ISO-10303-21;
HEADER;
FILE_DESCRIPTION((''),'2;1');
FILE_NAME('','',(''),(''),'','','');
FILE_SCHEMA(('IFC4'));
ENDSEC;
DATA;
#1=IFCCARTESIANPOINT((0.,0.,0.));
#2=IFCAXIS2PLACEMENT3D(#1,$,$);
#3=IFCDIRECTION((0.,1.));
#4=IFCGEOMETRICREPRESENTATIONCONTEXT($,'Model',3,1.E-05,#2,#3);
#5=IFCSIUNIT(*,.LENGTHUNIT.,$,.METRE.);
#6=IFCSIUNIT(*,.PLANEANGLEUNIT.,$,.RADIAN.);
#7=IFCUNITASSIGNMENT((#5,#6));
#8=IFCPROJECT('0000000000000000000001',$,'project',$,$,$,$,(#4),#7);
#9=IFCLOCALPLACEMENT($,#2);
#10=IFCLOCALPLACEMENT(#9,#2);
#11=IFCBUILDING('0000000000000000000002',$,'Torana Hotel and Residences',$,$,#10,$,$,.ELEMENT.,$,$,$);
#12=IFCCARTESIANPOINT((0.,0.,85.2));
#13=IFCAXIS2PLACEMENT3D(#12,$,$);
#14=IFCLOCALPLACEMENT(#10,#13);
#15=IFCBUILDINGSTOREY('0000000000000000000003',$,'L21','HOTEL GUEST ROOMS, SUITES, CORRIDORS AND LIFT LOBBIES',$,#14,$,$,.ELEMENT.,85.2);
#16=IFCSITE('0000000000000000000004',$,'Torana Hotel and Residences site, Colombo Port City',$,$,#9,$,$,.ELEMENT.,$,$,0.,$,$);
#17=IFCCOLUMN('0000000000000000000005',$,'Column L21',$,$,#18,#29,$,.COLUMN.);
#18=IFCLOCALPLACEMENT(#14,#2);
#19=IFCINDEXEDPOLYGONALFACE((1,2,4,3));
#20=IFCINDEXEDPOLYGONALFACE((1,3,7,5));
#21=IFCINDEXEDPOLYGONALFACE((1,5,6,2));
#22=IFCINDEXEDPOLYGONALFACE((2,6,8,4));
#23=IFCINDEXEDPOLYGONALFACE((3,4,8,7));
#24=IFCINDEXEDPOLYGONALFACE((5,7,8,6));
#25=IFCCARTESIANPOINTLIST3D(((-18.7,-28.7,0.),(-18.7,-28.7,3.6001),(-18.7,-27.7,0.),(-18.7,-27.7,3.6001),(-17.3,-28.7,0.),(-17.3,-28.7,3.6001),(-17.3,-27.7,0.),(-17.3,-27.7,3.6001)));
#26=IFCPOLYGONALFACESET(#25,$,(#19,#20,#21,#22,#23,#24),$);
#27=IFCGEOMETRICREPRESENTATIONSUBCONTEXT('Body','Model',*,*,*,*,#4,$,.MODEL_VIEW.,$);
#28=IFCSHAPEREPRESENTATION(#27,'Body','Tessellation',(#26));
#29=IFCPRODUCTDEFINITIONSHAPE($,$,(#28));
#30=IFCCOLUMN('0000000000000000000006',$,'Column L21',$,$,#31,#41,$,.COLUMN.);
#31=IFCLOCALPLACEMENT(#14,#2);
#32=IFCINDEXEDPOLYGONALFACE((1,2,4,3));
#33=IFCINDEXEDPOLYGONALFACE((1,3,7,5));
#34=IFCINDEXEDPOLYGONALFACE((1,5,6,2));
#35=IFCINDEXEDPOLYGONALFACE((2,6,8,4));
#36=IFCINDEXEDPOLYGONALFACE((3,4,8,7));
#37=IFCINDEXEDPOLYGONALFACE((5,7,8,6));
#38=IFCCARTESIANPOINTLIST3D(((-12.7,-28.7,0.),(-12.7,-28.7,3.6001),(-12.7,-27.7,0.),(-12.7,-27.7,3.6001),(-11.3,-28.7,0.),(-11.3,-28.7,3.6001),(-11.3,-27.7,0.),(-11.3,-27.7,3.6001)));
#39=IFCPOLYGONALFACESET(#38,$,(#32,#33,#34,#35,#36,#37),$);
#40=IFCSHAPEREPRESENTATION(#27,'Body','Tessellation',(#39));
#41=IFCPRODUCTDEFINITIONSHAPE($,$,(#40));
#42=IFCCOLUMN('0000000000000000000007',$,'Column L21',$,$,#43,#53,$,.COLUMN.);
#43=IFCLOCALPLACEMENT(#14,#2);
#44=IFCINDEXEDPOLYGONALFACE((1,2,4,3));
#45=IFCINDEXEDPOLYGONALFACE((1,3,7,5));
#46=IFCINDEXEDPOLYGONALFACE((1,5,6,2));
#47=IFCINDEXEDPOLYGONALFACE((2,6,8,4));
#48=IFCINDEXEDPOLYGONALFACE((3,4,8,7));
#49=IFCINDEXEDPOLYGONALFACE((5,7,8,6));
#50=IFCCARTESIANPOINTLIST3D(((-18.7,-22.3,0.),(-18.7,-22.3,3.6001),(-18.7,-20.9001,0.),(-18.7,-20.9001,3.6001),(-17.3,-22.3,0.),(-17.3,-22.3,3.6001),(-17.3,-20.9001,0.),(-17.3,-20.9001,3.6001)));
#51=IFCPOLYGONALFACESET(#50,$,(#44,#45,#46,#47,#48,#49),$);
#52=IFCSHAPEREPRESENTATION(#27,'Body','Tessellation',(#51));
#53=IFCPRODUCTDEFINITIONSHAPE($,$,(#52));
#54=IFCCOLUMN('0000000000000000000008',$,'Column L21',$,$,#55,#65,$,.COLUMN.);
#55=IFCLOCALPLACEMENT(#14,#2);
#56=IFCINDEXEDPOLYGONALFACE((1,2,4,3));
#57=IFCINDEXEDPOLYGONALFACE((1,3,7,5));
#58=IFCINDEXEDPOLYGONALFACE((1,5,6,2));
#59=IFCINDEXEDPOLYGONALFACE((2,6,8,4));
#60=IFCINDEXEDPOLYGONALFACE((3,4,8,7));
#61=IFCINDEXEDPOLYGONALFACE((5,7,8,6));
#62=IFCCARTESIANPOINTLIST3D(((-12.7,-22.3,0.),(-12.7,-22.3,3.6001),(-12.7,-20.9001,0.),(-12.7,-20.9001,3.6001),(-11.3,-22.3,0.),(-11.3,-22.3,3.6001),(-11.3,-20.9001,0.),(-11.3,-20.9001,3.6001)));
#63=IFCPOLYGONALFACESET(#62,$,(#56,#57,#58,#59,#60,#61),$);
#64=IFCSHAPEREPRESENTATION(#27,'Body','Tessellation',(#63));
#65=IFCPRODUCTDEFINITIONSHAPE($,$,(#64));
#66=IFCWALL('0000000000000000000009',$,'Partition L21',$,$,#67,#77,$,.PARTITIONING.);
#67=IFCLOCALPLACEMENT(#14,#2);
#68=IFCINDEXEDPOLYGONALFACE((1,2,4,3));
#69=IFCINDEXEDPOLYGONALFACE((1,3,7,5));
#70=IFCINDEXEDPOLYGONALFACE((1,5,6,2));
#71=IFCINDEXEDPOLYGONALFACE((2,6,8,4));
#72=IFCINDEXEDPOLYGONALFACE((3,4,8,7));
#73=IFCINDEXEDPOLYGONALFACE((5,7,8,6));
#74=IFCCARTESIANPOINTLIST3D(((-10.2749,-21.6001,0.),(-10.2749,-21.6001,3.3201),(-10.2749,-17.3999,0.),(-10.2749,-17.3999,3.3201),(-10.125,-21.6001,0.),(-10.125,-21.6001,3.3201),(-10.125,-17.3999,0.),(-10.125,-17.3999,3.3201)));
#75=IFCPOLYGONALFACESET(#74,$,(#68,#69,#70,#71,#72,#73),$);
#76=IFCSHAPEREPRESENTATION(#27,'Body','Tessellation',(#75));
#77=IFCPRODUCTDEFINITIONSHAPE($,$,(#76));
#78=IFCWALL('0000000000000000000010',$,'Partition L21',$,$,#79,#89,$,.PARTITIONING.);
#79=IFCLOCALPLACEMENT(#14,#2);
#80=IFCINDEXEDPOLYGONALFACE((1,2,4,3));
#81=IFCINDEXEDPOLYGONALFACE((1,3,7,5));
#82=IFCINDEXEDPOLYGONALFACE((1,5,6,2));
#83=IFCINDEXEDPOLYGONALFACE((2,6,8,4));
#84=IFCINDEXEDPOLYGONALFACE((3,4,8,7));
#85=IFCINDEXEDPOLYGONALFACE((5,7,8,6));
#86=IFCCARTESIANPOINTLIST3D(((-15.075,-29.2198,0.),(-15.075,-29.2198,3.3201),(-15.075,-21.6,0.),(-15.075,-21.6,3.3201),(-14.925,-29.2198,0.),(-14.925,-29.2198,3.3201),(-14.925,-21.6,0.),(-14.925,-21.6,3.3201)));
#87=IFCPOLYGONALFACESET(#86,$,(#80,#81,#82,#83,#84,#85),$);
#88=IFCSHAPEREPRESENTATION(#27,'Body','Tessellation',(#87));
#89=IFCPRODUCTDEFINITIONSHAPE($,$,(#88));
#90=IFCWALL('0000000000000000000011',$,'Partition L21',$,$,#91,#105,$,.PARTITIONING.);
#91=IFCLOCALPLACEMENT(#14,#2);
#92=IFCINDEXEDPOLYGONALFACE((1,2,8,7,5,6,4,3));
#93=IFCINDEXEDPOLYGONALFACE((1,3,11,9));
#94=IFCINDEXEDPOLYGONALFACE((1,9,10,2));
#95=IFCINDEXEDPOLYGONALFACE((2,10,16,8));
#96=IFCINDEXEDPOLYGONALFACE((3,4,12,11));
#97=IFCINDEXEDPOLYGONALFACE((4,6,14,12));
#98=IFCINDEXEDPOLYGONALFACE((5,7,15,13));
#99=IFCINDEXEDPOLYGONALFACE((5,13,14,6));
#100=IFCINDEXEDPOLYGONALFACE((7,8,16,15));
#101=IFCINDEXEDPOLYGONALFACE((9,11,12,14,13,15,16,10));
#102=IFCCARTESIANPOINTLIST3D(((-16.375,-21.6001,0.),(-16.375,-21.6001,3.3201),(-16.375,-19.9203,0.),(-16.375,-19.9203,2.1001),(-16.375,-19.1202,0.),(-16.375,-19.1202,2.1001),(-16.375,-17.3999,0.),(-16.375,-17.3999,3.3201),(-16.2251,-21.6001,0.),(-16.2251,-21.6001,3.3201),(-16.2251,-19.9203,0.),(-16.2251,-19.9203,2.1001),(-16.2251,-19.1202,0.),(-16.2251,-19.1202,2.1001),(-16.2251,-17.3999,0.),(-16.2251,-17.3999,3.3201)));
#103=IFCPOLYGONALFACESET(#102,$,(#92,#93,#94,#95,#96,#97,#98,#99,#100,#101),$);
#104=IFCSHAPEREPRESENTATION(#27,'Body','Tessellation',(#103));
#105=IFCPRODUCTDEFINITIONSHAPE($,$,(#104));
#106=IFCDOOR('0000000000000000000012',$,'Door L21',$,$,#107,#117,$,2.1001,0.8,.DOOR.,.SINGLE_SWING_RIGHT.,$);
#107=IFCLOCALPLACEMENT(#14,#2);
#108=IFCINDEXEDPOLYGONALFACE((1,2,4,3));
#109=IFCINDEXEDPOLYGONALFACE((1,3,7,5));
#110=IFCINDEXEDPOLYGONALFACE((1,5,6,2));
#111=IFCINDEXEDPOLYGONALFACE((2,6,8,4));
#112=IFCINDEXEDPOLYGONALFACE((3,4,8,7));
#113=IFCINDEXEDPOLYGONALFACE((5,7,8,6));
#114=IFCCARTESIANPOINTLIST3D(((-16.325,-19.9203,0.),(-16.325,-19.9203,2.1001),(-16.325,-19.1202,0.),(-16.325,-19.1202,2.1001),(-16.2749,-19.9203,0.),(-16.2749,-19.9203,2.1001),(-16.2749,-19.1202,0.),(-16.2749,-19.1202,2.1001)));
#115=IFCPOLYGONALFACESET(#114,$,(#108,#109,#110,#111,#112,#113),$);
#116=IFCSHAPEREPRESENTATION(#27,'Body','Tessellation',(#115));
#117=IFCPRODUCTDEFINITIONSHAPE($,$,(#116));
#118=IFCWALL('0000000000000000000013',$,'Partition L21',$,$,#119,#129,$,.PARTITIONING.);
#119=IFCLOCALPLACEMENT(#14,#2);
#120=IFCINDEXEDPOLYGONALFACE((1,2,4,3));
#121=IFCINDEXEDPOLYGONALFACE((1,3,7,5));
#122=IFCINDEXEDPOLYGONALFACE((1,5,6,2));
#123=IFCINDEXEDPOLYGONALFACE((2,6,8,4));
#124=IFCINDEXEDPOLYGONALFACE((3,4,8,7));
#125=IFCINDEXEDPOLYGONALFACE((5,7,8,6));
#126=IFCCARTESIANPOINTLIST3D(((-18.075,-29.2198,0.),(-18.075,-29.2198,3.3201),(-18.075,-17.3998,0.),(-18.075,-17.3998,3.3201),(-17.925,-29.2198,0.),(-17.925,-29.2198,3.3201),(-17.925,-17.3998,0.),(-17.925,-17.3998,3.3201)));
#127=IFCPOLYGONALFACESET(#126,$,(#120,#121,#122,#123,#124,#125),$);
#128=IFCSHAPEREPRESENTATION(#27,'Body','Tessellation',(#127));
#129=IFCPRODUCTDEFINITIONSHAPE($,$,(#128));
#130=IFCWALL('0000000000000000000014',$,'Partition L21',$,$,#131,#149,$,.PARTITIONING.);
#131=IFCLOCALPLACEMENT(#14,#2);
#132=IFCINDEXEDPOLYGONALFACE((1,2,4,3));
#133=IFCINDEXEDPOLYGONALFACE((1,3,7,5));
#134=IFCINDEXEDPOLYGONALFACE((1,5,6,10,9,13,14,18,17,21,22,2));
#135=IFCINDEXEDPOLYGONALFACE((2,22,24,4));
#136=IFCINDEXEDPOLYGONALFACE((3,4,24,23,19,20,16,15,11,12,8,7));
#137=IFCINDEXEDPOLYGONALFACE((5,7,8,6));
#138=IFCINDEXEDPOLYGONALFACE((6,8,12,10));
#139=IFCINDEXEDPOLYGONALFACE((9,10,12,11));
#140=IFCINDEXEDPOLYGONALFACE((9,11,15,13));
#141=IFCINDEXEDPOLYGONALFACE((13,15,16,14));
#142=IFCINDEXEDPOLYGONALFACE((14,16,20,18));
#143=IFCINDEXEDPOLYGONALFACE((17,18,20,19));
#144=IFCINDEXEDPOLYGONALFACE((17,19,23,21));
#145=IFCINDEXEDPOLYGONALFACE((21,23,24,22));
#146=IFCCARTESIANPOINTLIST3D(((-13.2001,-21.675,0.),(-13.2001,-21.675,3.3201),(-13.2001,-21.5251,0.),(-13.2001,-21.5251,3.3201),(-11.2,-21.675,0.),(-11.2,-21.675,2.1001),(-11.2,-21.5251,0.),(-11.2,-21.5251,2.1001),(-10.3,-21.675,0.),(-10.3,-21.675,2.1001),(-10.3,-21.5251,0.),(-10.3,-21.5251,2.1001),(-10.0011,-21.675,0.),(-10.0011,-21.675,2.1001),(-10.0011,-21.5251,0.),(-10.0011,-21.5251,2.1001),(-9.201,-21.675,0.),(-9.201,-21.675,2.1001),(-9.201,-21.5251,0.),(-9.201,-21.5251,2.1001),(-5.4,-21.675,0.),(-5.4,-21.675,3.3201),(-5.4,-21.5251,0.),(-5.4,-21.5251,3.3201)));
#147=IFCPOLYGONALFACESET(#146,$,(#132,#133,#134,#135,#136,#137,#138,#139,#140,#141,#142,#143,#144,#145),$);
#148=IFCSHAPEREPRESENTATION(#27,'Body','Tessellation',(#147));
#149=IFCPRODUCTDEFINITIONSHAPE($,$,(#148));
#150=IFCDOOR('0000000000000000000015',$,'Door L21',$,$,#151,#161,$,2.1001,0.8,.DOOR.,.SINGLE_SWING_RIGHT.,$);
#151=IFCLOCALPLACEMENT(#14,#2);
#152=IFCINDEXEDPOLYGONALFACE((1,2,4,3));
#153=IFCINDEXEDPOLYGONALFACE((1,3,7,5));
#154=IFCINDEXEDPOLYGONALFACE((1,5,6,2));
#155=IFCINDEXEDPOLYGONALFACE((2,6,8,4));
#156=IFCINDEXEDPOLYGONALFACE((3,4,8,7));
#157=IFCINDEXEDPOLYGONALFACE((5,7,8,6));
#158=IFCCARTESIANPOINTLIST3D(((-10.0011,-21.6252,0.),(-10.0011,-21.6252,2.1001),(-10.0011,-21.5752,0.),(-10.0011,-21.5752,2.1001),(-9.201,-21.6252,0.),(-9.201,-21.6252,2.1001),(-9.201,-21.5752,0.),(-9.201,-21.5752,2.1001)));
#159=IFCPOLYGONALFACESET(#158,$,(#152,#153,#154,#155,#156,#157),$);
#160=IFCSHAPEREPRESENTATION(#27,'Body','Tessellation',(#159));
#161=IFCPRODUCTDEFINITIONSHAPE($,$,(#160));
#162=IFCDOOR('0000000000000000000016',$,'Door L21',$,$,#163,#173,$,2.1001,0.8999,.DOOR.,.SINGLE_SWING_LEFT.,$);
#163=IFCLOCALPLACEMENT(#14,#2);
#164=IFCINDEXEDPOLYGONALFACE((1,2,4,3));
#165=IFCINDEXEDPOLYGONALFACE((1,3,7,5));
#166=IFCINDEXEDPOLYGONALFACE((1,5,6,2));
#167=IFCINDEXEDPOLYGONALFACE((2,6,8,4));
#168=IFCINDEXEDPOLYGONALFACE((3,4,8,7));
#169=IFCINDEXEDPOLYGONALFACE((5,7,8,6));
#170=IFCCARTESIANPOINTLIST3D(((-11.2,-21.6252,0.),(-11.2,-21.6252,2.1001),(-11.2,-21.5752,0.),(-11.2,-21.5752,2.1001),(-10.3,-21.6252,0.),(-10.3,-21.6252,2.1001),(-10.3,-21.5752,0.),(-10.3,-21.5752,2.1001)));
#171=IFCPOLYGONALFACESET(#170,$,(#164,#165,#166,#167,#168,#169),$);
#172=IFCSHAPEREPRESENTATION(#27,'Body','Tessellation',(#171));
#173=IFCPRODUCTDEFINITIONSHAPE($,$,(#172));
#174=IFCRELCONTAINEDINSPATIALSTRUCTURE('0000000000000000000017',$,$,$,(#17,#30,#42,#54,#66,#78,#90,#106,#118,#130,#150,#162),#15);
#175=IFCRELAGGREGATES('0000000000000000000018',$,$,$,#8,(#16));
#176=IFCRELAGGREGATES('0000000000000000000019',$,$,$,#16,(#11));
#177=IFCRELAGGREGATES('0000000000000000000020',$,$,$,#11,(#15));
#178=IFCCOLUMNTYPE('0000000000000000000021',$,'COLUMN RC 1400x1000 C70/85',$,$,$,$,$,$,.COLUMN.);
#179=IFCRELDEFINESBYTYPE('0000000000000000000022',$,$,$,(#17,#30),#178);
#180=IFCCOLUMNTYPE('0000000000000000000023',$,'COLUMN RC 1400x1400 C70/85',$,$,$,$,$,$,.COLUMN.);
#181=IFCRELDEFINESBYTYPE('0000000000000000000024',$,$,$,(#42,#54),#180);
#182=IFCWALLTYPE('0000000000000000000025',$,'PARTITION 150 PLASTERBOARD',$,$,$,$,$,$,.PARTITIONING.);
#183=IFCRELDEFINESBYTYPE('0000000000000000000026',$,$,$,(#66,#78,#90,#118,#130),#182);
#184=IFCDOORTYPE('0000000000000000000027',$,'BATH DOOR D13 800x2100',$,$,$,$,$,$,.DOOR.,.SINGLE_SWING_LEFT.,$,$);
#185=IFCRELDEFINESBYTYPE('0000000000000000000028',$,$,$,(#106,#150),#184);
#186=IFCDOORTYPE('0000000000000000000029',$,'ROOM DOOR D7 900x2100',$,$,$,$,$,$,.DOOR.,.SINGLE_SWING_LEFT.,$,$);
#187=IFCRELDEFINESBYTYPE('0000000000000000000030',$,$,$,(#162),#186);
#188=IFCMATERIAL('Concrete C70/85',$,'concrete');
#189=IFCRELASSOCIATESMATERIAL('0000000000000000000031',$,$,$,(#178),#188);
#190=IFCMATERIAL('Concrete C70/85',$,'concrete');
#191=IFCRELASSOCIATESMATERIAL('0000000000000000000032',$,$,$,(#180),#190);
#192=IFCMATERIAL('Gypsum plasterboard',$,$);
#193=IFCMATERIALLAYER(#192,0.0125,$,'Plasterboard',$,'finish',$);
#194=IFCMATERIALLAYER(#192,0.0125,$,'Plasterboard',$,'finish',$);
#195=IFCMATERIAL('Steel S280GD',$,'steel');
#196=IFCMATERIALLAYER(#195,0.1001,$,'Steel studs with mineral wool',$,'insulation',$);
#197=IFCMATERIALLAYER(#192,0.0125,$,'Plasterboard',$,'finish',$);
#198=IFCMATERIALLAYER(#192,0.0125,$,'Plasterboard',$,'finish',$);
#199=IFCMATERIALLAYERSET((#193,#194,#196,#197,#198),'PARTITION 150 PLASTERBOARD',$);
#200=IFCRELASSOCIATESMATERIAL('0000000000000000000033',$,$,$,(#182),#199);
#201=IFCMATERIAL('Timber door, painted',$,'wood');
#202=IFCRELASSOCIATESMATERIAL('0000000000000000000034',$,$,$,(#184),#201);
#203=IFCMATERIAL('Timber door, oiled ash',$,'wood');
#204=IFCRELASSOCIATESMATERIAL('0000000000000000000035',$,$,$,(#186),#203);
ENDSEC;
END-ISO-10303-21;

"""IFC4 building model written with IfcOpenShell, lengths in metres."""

from ifc_helpers import new_model, si_unit, direction, frame, frame_2d, origin, origin_2d, place, context, subcontext, project, spatial, rectangle, extrude, material, layer, layer_set, material_profile, profile_set, type_object, element, fill, save


model = new_model("IFC4")

# Units and contexts
model_context = context("Model", 3, precision=1e-05, world=origin(), true_north=direction((0.0, 1.0)))
body_context = subcontext(model_context, "Body", "Model", "MODEL_VIEW")
ifc_project = project(units=[si_unit("LENGTHUNIT", "METRE"), si_unit("PLANEANGLEUNIT", "RADIAN")], contexts=[model_context])

# Site, building, storey
site_placement = place(None, origin())
site = spatial("IfcSite", under=ifc_project, at=site_placement, Name="Torana Hotel and Residences site, Colombo Port City", CompositionType="ELEMENT", RefElevation=0.0)
building_placement = place(site_placement, origin())
building = spatial("IfcBuilding", under=site, at=building_placement, Name="Torana Hotel and Residences", CompositionType="ELEMENT")
storey_placement = place(building_placement, frame((0.0, 0.0, 85.2)))
storey = spatial("IfcBuildingStorey", under=building, at=storey_placement, Name="L21", Description="HOTEL GUEST ROOMS, SUITES, CORRIDORS AND LIFT LOBBIES", CompositionType="ELEMENT", Elevation=85.2)

# Columns
ifc_material_1 = material(Name="Concrete C70/85", Category="concrete")
ifc_material_profile_1 = material_profile(ifc_material_1, rectangle(XDim=1.3999, YDim=1.0, at=origin_2d()), Name="RC 1400x1000")
ifc_profile_set_1 = profile_set([ifc_material_profile_1], Name="Concrete C70/85")
column_type_1 = type_object("IfcColumnType", Name="COLUMN RC 1400x1000 C70/85", PredefinedType="COLUMN", material=ifc_profile_set_1)
for number, where, z_axis, x_axis, name in (
    (1, (-18.0, -28.2, 0.0), (0.0, 0.0, 1.0), (1.0, 0.0, 0.0), "Column L21"),
    (2, (-12.0, -28.2, 0.0), (0.0, 0.0, 1.0), (1.0, 0.0, 0.0), "Column L21"),
):
    element("IfcColumn", number, at=place(storey_placement, frame(where, z_axis=z_axis, x_axis=x_axis)), inside=storey, type_object=column_type_1, Name=name, PredefinedType="COLUMN", context=body_context, shape_type="SweptSolid", body=[
        extrude(rectangle(XDim=1.3999, YDim=1.0, at=origin_2d()), origin(), (0.0, 0.0, 1.0), 3.6001),
    ])
ifc_material_2 = material(Name="Concrete C70/85", Category="concrete")
ifc_material_profile_2 = material_profile(ifc_material_2, rectangle(XDim=1.3999, YDim=1.3999, at=origin_2d()), Name="RC 1400x1400")
ifc_profile_set_2 = profile_set([ifc_material_profile_2], Name="Concrete C70/85")
column_type_2 = type_object("IfcColumnType", Name="COLUMN RC 1400x1400 C70/85", PredefinedType="COLUMN", material=ifc_profile_set_2)
for number, where, z_axis, x_axis, name in (
    (3, (-18.0, -21.6001, 0.0), (0.0, 0.0, 1.0), (1.0, 0.0, 0.0), "Column L21"),
    (4, (-12.0, -21.6001, 0.0), (0.0, 0.0, 1.0), (1.0, 0.0, 0.0), "Column L21"),
):
    element("IfcColumn", number, at=place(storey_placement, frame(where, z_axis=z_axis, x_axis=x_axis)), inside=storey, type_object=column_type_2, Name=name, PredefinedType="COLUMN", context=body_context, shape_type="SweptSolid", body=[
        extrude(rectangle(XDim=1.3999, YDim=1.3999, at=origin_2d()), origin(), (0.0, 0.0, 1.0), 3.6001),
    ])

# Walls
ifc_material_3 = material(Name="Gypsum plasterboard")
ifc_layer_1 = layer(ifc_material_3, 0.0125, Name="Plasterboard", Category="finish")
ifc_layer_2 = layer(ifc_material_3, 0.0125, Name="Plasterboard", Category="finish")
ifc_material_4 = material(Name="Steel S280GD", Category="steel")
ifc_layer_3 = layer(ifc_material_4, 0.1001, Name="Steel studs with mineral wool", Category="insulation")
ifc_layer_4 = layer(ifc_material_3, 0.0125, Name="Plasterboard", Category="finish")
ifc_layer_5 = layer(ifc_material_3, 0.0125, Name="Plasterboard", Category="finish")
ifc_layer_set_1 = layer_set([ifc_layer_1, ifc_layer_2, ifc_layer_3, ifc_layer_4, ifc_layer_5], Name="PARTITION 150 PLASTERBOARD")
wall_type_1 = type_object("IfcWallType", Name="PARTITION 150 PLASTERBOARD", PredefinedType="PARTITIONING", material=ifc_layer_set_1)
wall_1_placement = place(storey_placement, frame((-10.2, -21.6001, 0.0), z_axis=(0.0, 0.0, 1.0), x_axis=(0.0, 1.0, 0.0)))
element("IfcWall", 5, at=wall_1_placement, inside=storey, type_object=wall_type_1, Name="Partition L21", PredefinedType="PARTITIONING", context=body_context, shape_type="SweptSolid", body=[
    extrude(rectangle(XDim=4.2002, YDim=0.1499, at=frame_2d((2.1001, 0.0))), origin(), (0.0, 0.0, 1.0), 3.3201),
])
wall_2_placement = place(storey_placement, frame((-15.0, -29.22, 0.0), z_axis=(0.0, 0.0, 1.0), x_axis=(0.0, 1.0, 0.0)))
element("IfcWall", 6, at=wall_2_placement, inside=storey, type_object=wall_type_1, Name="Partition L21", PredefinedType="PARTITIONING", context=body_context, shape_type="SweptSolid", body=[
    extrude(rectangle(XDim=7.6199, YDim=0.1499, at=frame_2d((3.8101, 0.0))), origin(), (0.0, 0.0, 1.0), 3.3201),
])

# Wall, opening, door
wall_3_placement = place(storey_placement, frame((-16.3, -21.6001, 0.0), z_axis=(0.0, 0.0, 1.0), x_axis=(0.0, 1.0, 0.0)))
wall_3 = element("IfcWall", 7, at=wall_3_placement, inside=storey, type_object=wall_type_1, Name="Partition L21", PredefinedType="PARTITIONING", context=body_context, shape_type="SweptSolid", body=[
    extrude(rectangle(XDim=4.2002, YDim=0.1499, at=frame_2d((2.1001, 0.0))), origin(), (0.0, 0.0, 1.0), 3.3201),
])
opening_1_placement = place(wall_3_placement, frame((1.6799, 0.0, 0.0)))
opening_1 = element("IfcOpeningElement", 8, at=opening_1_placement, cuts=wall_3, PredefinedType="OPENING", context=body_context, shape_type="SweptSolid", body=[
    extrude(rectangle(XDim=0.8, YDim=2.1001, at=frame_2d((0.3999, 1.05))), frame((0.0, 0.085, 0.0), z_axis=(0.0, -1.0, 0.0), x_axis=(1.0, 0.0, 0.0)), (0.0, 0.0, 1.0), 0.1699),
])
ifc_material_5 = material(Name="Timber door, painted", Category="wood")
door_type_1 = type_object("IfcDoorType", Name="BATH DOOR D13 800x2100", OperationType="SINGLE_SWING_LEFT", PredefinedType="DOOR", material=ifc_material_5)
door_1_placement = place(opening_1_placement, origin())
door_1 = element("IfcDoor", 9, at=door_1_placement, inside=storey, type_object=door_type_1, Name="Door L21", OperationType="SINGLE_SWING_RIGHT", OverallHeight=2.1001, OverallWidth=0.8, PredefinedType="DOOR", context=body_context, shape_type="SweptSolid", body=[
    extrude(rectangle(XDim=0.8, YDim=2.1001, at=frame_2d((0.3999, 1.05))), frame((0.0, 0.0249, 0.0), z_axis=(0.0, -1.0, 0.0), x_axis=(1.0, 0.0, 0.0)), (0.0, 0.0, 1.0), 0.05),
])
fill(opening_1, door_1)

# Wall
wall_4_placement = place(storey_placement, frame((-18.0, -29.22, 0.0), z_axis=(0.0, 0.0, 1.0), x_axis=(0.0, 1.0, 0.0)))
element("IfcWall", 10, at=wall_4_placement, inside=storey, type_object=wall_type_1, Name="Partition L21", PredefinedType="PARTITIONING", context=body_context, shape_type="SweptSolid", body=[
    extrude(rectangle(XDim=11.8201, YDim=0.1499, at=frame_2d((5.9102, 0.0))), origin(), (0.0, 0.0, 1.0), 3.3201),
])

# Wall, openings, doors
wall_5_placement = place(storey_placement, frame((-13.2, -21.6001, 0.0), z_axis=(0.0, 0.0, 1.0), x_axis=(1.0, 0.0, 0.0)))
wall_5 = element("IfcWall", 11, at=wall_5_placement, inside=storey, type_object=wall_type_1, Name="Partition L21", PredefinedType="PARTITIONING", context=body_context, shape_type="SweptSolid", body=[
    extrude(rectangle(XDim=7.8, YDim=0.1499, at=frame_2d((3.8999, 0.0))), origin(), (0.0, 0.0, 1.0), 3.3201),
])
opening_2_placement = place(wall_5_placement, frame((2.0, 0.0, 0.0)))
opening_2 = element("IfcOpeningElement", 12, at=opening_2_placement, cuts=wall_5, PredefinedType="OPENING", context=body_context, shape_type="SweptSolid", body=[
    extrude(rectangle(XDim=0.8999, YDim=2.1001, at=frame_2d((0.45, 1.05))), frame((0.0, 0.085, 0.0), z_axis=(0.0, -1.0, 0.0), x_axis=(1.0, 0.0, 0.0)), (0.0, 0.0, 1.0), 0.1699),
])
opening_3_placement = place(wall_5_placement, frame((3.199, 0.0, 0.0)))
opening_3 = element("IfcOpeningElement", 13, at=opening_3_placement, cuts=wall_5, PredefinedType="OPENING", context=body_context, shape_type="SweptSolid", body=[
    extrude(rectangle(XDim=0.8, YDim=2.1001, at=frame_2d((0.3999, 1.05))), frame((0.0, 0.085, 0.0), z_axis=(0.0, -1.0, 0.0), x_axis=(1.0, 0.0, 0.0)), (0.0, 0.0, 1.0), 0.1699),
])
door_2_placement = place(opening_3_placement, origin())
door_2 = element("IfcDoor", 14, at=door_2_placement, inside=storey, type_object=door_type_1, Name="Door L21", OperationType="SINGLE_SWING_RIGHT", OverallHeight=2.1001, OverallWidth=0.8, PredefinedType="DOOR", context=body_context, shape_type="SweptSolid", body=[
    extrude(rectangle(XDim=0.8, YDim=2.1001, at=frame_2d((0.3999, 1.05))), frame((0.0, 0.0249, 0.0), z_axis=(0.0, -1.0, 0.0), x_axis=(1.0, 0.0, 0.0)), (0.0, 0.0, 1.0), 0.05),
])
fill(opening_3, door_2)
ifc_material_6 = material(Name="Timber door, oiled ash", Category="wood")
door_type_2 = type_object("IfcDoorType", Name="ROOM DOOR D7 900x2100", OperationType="SINGLE_SWING_LEFT", PredefinedType="DOOR", material=ifc_material_6)
door_3_placement = place(opening_2_placement, frame((0.45, 0.0, 0.0), z_axis=(0.0, 0.0, 1.0), x_axis=(-1.0, 0.0, 0.0)))
door_3 = element("IfcDoor", 15, at=door_3_placement, inside=storey, type_object=door_type_2, Name="Door L21", OperationType="SINGLE_SWING_LEFT", OverallHeight=2.1001, OverallWidth=0.8999, PredefinedType="DOOR", context=body_context, shape_type="SweptSolid", body=[
    extrude(rectangle(XDim=0.8999, YDim=2.1001, at=frame_2d((0.0, 1.05))), frame((0.0, -0.0249, 0.0), z_axis=(0.0, 1.0, 0.0), x_axis=(-1.0, 0.0, 0.0)), (0.0, 0.0, 1.0), 0.05),
])
fill(opening_2, door_3)

save(model, "model.ifc")
